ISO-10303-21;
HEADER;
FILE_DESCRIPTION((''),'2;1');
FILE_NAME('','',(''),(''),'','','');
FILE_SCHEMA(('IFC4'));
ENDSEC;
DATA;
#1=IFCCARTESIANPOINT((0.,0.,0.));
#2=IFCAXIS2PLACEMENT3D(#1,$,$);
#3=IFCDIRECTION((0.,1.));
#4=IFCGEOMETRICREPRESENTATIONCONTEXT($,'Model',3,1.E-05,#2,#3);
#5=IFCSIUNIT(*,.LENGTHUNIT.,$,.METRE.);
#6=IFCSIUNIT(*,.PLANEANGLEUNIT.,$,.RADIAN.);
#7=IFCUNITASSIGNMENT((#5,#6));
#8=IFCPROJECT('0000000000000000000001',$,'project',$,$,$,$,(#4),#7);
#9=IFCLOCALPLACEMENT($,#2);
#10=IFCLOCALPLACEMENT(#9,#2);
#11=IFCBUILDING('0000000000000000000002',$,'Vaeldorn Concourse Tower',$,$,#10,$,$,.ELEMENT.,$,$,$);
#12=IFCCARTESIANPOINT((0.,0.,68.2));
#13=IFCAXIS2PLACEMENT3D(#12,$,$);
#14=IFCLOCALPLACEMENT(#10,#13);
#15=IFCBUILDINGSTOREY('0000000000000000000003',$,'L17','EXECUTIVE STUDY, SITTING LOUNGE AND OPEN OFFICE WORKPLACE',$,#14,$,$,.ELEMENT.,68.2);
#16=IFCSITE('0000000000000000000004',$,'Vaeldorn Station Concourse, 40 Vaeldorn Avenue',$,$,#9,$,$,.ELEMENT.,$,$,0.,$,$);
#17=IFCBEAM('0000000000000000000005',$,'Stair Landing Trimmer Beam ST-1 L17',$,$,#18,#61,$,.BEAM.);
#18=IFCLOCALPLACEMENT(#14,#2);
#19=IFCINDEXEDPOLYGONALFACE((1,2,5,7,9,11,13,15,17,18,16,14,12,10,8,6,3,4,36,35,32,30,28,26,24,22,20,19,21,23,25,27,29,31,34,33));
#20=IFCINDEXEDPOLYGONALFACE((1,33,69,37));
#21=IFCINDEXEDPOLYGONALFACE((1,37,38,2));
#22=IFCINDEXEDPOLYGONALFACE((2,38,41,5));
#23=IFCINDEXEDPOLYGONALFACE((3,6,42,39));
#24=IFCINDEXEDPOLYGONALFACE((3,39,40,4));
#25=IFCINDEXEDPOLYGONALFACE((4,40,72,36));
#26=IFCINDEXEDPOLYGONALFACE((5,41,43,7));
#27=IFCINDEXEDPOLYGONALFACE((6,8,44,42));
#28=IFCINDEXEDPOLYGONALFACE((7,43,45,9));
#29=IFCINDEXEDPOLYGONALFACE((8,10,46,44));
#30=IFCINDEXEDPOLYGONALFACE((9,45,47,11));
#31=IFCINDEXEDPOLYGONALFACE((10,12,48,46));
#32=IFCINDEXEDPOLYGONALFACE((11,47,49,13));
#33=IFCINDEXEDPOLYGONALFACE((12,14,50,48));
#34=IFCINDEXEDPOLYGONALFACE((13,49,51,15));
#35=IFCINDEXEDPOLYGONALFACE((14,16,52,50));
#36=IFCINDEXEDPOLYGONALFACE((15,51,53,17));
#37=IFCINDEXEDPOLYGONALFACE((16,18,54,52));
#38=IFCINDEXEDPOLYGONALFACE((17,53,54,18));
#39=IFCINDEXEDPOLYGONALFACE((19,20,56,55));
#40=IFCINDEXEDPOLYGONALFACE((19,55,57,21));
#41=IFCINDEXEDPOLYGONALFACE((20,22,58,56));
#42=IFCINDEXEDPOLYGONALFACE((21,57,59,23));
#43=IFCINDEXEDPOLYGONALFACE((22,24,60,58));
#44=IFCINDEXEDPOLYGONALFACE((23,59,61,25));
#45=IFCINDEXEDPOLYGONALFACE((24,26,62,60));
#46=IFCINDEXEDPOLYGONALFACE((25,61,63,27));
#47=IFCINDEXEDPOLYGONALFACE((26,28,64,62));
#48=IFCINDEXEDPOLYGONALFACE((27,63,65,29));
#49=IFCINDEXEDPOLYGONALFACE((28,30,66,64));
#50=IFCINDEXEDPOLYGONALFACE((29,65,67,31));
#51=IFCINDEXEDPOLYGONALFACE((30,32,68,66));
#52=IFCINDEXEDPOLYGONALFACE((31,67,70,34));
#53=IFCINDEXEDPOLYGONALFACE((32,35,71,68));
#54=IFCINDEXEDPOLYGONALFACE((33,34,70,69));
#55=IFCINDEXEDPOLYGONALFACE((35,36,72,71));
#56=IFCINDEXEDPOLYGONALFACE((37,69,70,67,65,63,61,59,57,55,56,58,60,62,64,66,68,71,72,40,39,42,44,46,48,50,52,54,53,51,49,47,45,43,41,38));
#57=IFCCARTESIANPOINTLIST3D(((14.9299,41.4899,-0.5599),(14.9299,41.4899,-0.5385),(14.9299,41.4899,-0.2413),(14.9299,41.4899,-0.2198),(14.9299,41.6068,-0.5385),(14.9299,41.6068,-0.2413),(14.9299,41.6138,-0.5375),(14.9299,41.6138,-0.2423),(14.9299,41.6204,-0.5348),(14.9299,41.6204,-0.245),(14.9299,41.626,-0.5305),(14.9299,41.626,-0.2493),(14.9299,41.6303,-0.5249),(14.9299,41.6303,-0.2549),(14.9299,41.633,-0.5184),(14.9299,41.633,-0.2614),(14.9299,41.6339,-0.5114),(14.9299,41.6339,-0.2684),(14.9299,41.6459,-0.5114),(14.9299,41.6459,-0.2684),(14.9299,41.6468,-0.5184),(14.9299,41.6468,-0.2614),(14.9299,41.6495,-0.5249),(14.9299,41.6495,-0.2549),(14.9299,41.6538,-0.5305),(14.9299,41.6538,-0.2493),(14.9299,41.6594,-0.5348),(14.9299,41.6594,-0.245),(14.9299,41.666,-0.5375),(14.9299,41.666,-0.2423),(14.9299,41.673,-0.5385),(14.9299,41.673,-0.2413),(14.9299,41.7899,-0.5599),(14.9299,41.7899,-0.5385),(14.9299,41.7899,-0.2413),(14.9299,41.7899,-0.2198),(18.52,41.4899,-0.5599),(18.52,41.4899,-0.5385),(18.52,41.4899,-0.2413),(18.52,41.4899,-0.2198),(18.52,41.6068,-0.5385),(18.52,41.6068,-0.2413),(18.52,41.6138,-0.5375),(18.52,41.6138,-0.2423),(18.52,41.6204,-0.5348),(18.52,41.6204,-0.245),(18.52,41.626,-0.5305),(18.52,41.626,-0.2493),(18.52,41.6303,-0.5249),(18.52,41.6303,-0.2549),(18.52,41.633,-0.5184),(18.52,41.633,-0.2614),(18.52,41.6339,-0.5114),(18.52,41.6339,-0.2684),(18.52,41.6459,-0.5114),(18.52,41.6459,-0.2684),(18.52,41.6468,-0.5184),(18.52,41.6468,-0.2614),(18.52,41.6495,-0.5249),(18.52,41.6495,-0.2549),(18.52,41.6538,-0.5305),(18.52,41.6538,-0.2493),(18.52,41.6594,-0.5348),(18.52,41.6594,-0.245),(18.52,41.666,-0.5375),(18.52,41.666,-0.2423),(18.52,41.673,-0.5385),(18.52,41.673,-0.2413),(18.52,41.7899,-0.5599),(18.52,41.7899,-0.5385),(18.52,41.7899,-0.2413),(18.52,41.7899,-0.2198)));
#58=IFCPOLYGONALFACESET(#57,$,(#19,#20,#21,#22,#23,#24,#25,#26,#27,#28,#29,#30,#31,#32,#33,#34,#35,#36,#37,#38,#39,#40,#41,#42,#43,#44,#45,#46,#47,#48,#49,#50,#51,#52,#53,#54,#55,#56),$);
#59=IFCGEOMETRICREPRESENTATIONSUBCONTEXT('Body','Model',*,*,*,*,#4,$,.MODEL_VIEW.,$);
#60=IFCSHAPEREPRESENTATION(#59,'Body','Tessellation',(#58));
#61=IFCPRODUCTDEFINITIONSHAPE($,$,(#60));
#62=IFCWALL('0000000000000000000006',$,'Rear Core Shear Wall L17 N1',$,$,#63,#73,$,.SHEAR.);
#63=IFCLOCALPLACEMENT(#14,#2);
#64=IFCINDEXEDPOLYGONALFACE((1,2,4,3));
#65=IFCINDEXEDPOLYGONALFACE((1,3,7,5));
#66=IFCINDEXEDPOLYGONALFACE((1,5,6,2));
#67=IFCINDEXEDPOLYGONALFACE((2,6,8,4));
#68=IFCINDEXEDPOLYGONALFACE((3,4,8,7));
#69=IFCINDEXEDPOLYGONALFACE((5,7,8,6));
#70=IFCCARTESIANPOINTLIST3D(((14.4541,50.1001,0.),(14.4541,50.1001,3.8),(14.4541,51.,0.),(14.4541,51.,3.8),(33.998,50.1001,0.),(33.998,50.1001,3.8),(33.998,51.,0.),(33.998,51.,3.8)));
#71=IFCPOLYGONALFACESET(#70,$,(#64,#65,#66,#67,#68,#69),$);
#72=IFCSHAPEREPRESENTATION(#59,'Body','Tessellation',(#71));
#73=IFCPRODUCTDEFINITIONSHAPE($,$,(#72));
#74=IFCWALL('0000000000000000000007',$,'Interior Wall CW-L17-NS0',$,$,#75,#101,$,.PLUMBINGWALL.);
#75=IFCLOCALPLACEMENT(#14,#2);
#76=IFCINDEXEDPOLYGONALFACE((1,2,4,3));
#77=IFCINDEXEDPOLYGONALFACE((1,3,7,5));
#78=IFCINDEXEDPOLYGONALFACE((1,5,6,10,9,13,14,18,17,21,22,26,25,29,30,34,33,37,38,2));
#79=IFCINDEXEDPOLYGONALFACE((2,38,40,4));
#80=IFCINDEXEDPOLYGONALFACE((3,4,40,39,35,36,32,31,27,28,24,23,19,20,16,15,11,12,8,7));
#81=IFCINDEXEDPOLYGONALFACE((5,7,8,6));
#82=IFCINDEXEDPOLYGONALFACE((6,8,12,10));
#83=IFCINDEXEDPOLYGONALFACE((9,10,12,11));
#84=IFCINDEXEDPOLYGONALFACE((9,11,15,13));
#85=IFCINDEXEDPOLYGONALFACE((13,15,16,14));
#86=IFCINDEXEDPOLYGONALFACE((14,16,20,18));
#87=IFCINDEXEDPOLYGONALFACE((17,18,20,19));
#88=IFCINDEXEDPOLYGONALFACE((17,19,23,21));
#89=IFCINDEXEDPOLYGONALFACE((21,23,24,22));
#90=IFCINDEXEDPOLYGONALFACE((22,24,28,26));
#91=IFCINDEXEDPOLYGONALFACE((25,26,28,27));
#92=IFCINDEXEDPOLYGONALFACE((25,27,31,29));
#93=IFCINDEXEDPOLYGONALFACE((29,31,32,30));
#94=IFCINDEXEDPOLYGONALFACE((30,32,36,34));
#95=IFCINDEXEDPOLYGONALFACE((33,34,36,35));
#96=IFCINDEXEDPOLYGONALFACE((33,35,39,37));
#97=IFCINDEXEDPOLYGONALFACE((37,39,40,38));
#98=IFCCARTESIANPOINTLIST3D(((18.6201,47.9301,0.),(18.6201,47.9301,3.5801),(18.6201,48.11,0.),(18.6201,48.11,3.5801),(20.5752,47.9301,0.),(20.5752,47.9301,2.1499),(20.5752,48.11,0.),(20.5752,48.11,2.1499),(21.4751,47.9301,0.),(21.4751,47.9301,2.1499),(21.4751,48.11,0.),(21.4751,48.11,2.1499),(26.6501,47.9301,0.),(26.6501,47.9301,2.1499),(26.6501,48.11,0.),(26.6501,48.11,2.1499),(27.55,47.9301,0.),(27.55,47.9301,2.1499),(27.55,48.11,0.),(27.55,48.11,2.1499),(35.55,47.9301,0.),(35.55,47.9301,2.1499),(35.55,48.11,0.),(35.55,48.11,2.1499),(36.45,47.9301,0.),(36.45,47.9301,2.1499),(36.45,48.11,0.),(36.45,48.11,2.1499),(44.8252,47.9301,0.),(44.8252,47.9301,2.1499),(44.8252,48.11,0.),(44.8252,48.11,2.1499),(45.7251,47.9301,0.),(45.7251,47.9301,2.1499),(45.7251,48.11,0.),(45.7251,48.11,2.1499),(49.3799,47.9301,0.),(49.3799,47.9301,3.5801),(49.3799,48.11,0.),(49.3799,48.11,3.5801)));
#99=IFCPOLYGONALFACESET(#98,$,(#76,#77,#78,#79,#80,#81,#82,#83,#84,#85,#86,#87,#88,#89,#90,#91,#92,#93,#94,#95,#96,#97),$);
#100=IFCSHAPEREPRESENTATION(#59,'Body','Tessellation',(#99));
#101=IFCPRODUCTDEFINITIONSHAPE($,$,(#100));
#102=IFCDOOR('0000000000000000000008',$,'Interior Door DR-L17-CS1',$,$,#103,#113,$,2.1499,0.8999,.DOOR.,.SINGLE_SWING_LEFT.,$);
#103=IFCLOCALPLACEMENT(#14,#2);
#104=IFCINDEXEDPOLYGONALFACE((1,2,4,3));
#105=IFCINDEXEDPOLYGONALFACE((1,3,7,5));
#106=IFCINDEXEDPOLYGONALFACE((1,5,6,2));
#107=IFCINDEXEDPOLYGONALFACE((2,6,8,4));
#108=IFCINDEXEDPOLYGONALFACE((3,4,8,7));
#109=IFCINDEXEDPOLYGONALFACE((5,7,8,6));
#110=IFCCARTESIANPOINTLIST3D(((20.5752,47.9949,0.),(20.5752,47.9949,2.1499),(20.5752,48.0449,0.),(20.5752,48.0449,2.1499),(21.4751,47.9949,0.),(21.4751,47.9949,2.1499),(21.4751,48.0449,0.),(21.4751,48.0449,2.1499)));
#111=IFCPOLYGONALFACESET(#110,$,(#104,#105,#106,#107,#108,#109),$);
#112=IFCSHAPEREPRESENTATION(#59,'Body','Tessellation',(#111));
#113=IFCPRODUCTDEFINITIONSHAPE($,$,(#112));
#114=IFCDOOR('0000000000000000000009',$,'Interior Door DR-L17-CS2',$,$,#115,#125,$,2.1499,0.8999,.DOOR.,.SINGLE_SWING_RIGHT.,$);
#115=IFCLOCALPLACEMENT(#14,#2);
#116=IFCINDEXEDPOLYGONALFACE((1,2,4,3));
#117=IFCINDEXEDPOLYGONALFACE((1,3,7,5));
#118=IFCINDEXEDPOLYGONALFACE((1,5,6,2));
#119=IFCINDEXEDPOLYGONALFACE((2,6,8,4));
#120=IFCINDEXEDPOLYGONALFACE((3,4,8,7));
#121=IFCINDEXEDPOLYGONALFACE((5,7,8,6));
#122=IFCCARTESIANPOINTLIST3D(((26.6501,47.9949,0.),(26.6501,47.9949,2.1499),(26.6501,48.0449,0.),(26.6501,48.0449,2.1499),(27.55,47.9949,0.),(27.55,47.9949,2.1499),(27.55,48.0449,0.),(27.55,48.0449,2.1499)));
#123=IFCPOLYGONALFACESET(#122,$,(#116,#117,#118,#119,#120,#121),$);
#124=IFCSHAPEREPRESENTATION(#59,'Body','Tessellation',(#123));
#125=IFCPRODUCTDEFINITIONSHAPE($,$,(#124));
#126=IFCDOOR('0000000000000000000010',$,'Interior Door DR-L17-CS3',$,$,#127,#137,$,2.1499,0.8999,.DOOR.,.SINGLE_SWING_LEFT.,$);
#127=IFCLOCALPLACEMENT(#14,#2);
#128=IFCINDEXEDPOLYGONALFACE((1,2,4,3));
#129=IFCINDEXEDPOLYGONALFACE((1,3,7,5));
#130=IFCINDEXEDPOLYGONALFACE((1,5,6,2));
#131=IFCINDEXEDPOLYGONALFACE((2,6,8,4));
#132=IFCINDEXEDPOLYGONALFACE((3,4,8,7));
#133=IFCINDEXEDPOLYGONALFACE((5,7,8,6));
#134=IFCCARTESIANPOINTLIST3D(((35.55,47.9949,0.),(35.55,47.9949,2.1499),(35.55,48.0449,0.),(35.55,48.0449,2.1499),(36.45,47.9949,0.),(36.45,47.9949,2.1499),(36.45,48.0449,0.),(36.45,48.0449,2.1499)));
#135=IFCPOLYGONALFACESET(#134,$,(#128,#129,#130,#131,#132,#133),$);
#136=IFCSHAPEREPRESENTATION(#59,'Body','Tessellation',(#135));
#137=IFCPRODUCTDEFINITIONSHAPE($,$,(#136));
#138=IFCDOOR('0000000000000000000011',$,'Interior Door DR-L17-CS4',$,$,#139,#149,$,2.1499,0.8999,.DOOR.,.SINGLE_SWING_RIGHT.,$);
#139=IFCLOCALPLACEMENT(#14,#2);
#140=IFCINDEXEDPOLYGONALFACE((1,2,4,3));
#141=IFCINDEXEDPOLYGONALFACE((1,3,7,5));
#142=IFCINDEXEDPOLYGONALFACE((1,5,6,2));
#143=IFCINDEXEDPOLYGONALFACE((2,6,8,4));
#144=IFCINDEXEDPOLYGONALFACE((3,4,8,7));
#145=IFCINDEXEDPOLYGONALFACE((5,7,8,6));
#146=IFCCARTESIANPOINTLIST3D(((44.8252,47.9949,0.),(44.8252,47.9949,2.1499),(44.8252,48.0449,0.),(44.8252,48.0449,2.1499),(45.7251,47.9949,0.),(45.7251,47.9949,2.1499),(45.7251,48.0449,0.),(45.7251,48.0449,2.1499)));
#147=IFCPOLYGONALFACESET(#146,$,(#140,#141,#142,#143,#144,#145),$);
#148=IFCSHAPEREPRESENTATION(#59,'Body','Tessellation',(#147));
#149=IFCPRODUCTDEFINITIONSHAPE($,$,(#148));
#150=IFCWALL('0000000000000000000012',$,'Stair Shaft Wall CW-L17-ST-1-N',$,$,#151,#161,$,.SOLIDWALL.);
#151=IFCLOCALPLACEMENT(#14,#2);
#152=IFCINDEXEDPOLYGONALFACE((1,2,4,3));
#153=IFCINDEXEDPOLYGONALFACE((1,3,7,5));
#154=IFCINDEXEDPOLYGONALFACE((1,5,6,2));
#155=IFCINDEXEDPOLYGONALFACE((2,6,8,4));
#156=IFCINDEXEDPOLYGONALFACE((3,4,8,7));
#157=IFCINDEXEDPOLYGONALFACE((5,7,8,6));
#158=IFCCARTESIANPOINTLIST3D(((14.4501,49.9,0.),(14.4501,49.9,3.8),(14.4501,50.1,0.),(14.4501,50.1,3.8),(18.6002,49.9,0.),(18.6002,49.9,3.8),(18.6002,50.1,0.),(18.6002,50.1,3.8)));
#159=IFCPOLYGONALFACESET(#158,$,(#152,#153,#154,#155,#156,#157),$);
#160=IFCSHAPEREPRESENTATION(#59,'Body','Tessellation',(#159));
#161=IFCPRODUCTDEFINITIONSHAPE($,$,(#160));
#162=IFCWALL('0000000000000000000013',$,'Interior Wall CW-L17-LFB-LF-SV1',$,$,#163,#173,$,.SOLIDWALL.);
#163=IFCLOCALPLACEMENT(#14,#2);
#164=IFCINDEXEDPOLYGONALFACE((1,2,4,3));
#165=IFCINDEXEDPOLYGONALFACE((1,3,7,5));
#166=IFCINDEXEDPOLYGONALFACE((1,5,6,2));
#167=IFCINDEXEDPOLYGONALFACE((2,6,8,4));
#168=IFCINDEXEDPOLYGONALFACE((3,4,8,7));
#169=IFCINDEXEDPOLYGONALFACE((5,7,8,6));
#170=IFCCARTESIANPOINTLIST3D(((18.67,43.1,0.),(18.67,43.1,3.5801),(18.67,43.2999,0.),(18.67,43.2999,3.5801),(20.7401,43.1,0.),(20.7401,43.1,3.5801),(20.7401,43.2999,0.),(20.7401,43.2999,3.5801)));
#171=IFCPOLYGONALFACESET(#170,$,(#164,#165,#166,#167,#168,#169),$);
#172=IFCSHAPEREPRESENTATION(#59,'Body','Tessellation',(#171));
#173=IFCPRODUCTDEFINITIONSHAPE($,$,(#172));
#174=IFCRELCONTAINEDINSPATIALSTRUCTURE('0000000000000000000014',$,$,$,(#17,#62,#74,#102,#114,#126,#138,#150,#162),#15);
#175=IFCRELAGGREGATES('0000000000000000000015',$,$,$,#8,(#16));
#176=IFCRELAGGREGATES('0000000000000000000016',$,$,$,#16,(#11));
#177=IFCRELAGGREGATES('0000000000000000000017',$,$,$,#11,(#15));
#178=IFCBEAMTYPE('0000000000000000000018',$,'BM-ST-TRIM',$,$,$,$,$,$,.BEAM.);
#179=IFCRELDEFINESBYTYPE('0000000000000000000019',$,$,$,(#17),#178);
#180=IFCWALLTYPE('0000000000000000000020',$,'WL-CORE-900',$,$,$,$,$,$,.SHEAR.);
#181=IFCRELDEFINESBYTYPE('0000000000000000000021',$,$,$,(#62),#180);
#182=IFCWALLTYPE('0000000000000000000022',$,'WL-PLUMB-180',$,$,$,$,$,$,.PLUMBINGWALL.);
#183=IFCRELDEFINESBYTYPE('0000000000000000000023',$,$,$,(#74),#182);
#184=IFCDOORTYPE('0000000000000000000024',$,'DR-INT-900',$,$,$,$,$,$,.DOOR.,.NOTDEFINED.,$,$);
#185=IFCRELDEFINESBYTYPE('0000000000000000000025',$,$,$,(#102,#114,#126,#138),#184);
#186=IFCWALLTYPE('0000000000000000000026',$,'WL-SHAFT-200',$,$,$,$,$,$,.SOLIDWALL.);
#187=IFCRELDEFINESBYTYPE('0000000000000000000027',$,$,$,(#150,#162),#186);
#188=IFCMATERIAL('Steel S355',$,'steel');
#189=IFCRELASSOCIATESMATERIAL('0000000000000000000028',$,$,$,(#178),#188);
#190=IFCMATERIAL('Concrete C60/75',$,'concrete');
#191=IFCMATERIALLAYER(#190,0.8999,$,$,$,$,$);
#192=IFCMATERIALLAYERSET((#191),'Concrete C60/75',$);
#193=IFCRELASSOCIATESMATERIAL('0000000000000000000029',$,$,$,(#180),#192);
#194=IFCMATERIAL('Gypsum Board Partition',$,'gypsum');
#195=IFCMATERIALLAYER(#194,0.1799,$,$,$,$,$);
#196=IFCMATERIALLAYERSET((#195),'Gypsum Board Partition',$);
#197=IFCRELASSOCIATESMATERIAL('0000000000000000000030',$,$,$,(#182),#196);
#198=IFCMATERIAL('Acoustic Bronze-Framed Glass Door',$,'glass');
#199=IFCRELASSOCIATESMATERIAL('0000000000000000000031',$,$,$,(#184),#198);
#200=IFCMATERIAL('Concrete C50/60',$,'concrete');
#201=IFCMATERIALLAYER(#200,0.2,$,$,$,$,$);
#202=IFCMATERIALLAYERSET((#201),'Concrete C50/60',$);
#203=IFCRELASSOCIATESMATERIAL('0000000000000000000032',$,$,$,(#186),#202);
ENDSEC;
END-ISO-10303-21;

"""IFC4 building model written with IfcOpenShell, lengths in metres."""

from ifc_helpers import new_model, si_unit, direction, frame, frame_2d, origin, origin_2d, place, context, subcontext, project, spatial, rectangle, i_section, extrude, source, transform, mapped, material, layer, layer_set, material_profile, profile_set, type_object, element, fill, save


model = new_model("IFC4")

# Units and contexts
model_context = context("Model", 3, precision=1e-05, world=origin(), true_north=direction((0.0, 1.0)))
body_context = subcontext(model_context, "Body", "Model", "MODEL_VIEW")
ifc_project = project(units=[si_unit("LENGTHUNIT", "METRE"), si_unit("PLANEANGLEUNIT", "RADIAN")], contexts=[model_context])

# Site, building, storey
site_placement = place(None, origin())
site = spatial("IfcSite", under=ifc_project, at=site_placement, Name="Vaeldorn Station Concourse, 40 Vaeldorn Avenue", CompositionType="ELEMENT", RefElevation=0.0)
building_placement = place(site_placement, origin())
building = spatial("IfcBuilding", under=site, at=building_placement, Name="Vaeldorn Concourse Tower", CompositionType="ELEMENT")
storey_placement = place(building_placement, frame((0.0, 0.0, 68.2)))
storey = spatial("IfcBuildingStorey", under=building, at=storey_placement, Name="L17", Description="EXECUTIVE STUDY, SITTING LOUNGE AND OPEN OFFICE WORKPLACE", CompositionType="ELEMENT", Elevation=68.2)

# Beam
ifc_material_1 = material(Name="Steel S355", Category="steel")
ifc_material_profile = material_profile(ifc_material_1, i_section(OverallWidth=0.3, OverallDepth=0.3401, WebThickness=0.012, FlangeThickness=0.0215, FilletRadius=0.0271, at=origin_2d()), Name="HEB 340")
ifc_profile_set = profile_set([ifc_material_profile], Name="Steel S355")
beam_type = type_object("IfcBeamType", Name="BM-ST-TRIM", PredefinedType="BEAM", material=ifc_profile_set)
shared_shape_1 = source(origin(), body_context, "Body", "SweptSolid", [
    extrude(i_section(OverallWidth=0.3, OverallDepth=0.3401, WebThickness=0.012, FlangeThickness=0.0215, FilletRadius=0.0271, at=origin_2d()), origin(), (0.0, 0.0, 1.0), 3.5901),
])
beam_placement = place(storey_placement, frame((14.9299, 41.6399, -0.3899), z_axis=(1.0, 0.0, 0.0), x_axis=(0.0, 1.0, 0.0)))
element("IfcBeam", 1, at=beam_placement, inside=storey, type_object=beam_type, Name="Stair Landing Trimmer Beam ST-1 L17", PredefinedType="BEAM", context=body_context, shape_type="MappedRepresentation", body=[
    mapped(shared_shape_1, transform((0.0, 0.0, 0.0), scale=1.0)),
])

# Wall
ifc_material_2 = material(Name="Concrete C60/75", Category="concrete")
ifc_layer_1 = layer(ifc_material_2, 0.8999)
ifc_layer_set_1 = layer_set([ifc_layer_1], Name="Concrete C60/75")
wall_type_1 = type_object("IfcWallType", Name="WL-CORE-900", PredefinedType="SHEAR", material=ifc_layer_set_1)
wall_1_placement = place(storey_placement, frame((14.4541, 50.55, 0.0), z_axis=(0.0, 0.0, 1.0), x_axis=(1.0, 0.0, 0.0)))
element("IfcWall", 2, at=wall_1_placement, inside=storey, type_object=wall_type_1, Name="Rear Core Shear Wall L17 N1", PredefinedType="SHEAR", context=body_context, shape_type="SweptSolid", body=[
    extrude(rectangle(XDim=19.5439, YDim=0.8999, at=frame_2d((9.772, 0.0))), origin(), (0.0, 0.0, 1.0), 3.8),
])

# Wall, openings, doors
ifc_material_3 = material(Name="Gypsum Board Partition", Category="gypsum")
ifc_layer_2 = layer(ifc_material_3, 0.1799)
ifc_layer_set_2 = layer_set([ifc_layer_2], Name="Gypsum Board Partition")
wall_type_2 = type_object("IfcWallType", Name="WL-PLUMB-180", PredefinedType="PLUMBINGWALL", material=ifc_layer_set_2)
wall_2_placement = place(storey_placement, frame((18.6201, 48.02, 0.0), z_axis=(0.0, 0.0, 1.0), x_axis=(1.0, 0.0, 0.0)))
wall_2 = element("IfcWall", 3, at=wall_2_placement, inside=storey, type_object=wall_type_2, Name="Interior Wall CW-L17-NS0", PredefinedType="PLUMBINGWALL", context=body_context, shape_type="SweptSolid", body=[
    extrude(rectangle(XDim=30.7598, YDim=0.1799, at=frame_2d((15.3799, 0.0))), origin(), (0.0, 0.0, 1.0), 3.5801),
])
opening_1_placement = place(wall_2_placement, frame((1.9551, 0.0, 0.0)))
opening_1 = element("IfcOpeningElement", 4, at=opening_1_placement, cuts=wall_2, PredefinedType="OPENING", context=body_context, shape_type="SweptSolid", body=[
    extrude(rectangle(XDim=0.8999, YDim=2.1499, at=frame_2d((0.45, 1.075))), frame((0.0, 0.1001, 0.0), z_axis=(0.0, -1.0, 0.0), x_axis=(1.0, 0.0, 0.0)), (0.0, 0.0, 1.0), 0.2),
])
opening_2_placement = place(wall_2_placement, frame((8.03, 0.0, 0.0)))
opening_2 = element("IfcOpeningElement", 5, at=opening_2_placement, cuts=wall_2, PredefinedType="OPENING", context=body_context, shape_type="SweptSolid", body=[
    extrude(rectangle(XDim=0.8999, YDim=2.1499, at=frame_2d((0.45, 1.075))), frame((0.0, 0.1001, 0.0), z_axis=(0.0, -1.0, 0.0), x_axis=(1.0, 0.0, 0.0)), (0.0, 0.0, 1.0), 0.2),
])
opening_3_placement = place(wall_2_placement, frame((16.9299, 0.0, 0.0)))
opening_3 = element("IfcOpeningElement", 6, at=opening_3_placement, cuts=wall_2, PredefinedType="OPENING", context=body_context, shape_type="SweptSolid", body=[
    extrude(rectangle(XDim=0.8999, YDim=2.1499, at=frame_2d((0.45, 1.075))), frame((0.0, 0.1001, 0.0), z_axis=(0.0, -1.0, 0.0), x_axis=(1.0, 0.0, 0.0)), (0.0, 0.0, 1.0), 0.2),
])
opening_4_placement = place(wall_2_placement, frame((26.2051, 0.0, 0.0)))
opening_4 = element("IfcOpeningElement", 7, at=opening_4_placement, cuts=wall_2, PredefinedType="OPENING", context=body_context, shape_type="SweptSolid", body=[
    extrude(rectangle(XDim=0.8999, YDim=2.1499, at=frame_2d((0.45, 1.075))), frame((0.0, 0.1001, 0.0), z_axis=(0.0, -1.0, 0.0), x_axis=(1.0, 0.0, 0.0)), (0.0, 0.0, 1.0), 0.2),
])
ifc_material_4 = material(Name="Acoustic Bronze-Framed Glass Door", Category="glass")
door_type_1 = type_object("IfcDoorType", Name="DR-INT-900", OperationType="NOTDEFINED", PredefinedType="DOOR", material=ifc_material_4)
shared_shape_2 = source(origin(), body_context, "Body", "SweptSolid", [
    extrude(rectangle(XDim=0.8999, YDim=2.1499, at=frame_2d((0.45, 1.075))), frame((0.0, 0.0249, 0.0), z_axis=(0.0, -1.0, 0.0), x_axis=(1.0, 0.0, 0.0)), (0.0, 0.0, 1.0), 0.05),
])
door_1_placement = place(opening_1_placement, origin())
door_1 = element("IfcDoor", 8, at=door_1_placement, inside=storey, type_object=door_type_1, Name="Interior Door DR-L17-CS1", OperationType="SINGLE_SWING_LEFT", OverallHeight=2.1499, OverallWidth=0.8999, PredefinedType="DOOR", context=body_context, shape_type="MappedRepresentation", body=[
    mapped(shared_shape_2, transform((0.0, 0.0, 0.0), scale=1.0)),
])
fill(opening_1, door_1)
door_2_placement = place(opening_2_placement, origin())
door_2 = element("IfcDoor", 9, at=door_2_placement, inside=storey, type_object=door_type_1, Name="Interior Door DR-L17-CS2", OperationType="SINGLE_SWING_RIGHT", OverallHeight=2.1499, OverallWidth=0.8999, PredefinedType="DOOR", context=body_context, shape_type="MappedRepresentation", body=[
    mapped(shared_shape_2, transform((0.0, 0.0, 0.0), scale=1.0)),
])
fill(opening_2, door_2)
door_3_placement = place(opening_3_placement, origin())
door_3 = element("IfcDoor", 10, at=door_3_placement, inside=storey, type_object=door_type_1, Name="Interior Door DR-L17-CS3", OperationType="SINGLE_SWING_LEFT", OverallHeight=2.1499, OverallWidth=0.8999, PredefinedType="DOOR", context=body_context, shape_type="MappedRepresentation", body=[
    mapped(shared_shape_2, transform((0.0, 0.0, 0.0), scale=1.0)),
])
fill(opening_3, door_3)
door_4_placement = place(opening_4_placement, origin())
door_4 = element("IfcDoor", 11, at=door_4_placement, inside=storey, type_object=door_type_1, Name="Interior Door DR-L17-CS4", OperationType="SINGLE_SWING_RIGHT", OverallHeight=2.1499, OverallWidth=0.8999, PredefinedType="DOOR", context=body_context, shape_type="MappedRepresentation", body=[
    mapped(shared_shape_2, transform((0.0, 0.0, 0.0), scale=1.0)),
])
fill(opening_4, door_4)

# Wall
ifc_material_5 = material(Name="Concrete C50/60", Category="concrete")
ifc_layer_3 = layer(ifc_material_5, 0.2)
ifc_layer_set_3 = layer_set([ifc_layer_3], Name="Concrete C50/60")
wall_type_3 = type_object("IfcWallType", Name="WL-SHAFT-200", PredefinedType="SOLIDWALL", material=ifc_layer_set_3)
wall_3_placement = place(storey_placement, frame((14.45, 50.0, 0.0), z_axis=(0.0, 0.0, 1.0), x_axis=(1.0, 0.0, 0.0)))
element("IfcWall", 12, at=wall_3_placement, inside=storey, type_object=wall_type_3, Name="Stair Shaft Wall CW-L17-ST-1-N", PredefinedType="SOLIDWALL", context=body_context, shape_type="SweptSolid", body=[
    extrude(rectangle(XDim=4.1501, YDim=0.2, at=frame_2d((2.0752, 0.0))), origin(), (0.0, 0.0, 1.0), 3.8),
])

# Wall
for number, where, z_axis, x_axis, name in (
    (13, (18.6699, 43.2, 0.0), (0.0, 0.0, 1.0), (1.0, 0.0, 0.0), "Interior Wall CW-L17-LFB-LF-SV1"),
):
    element("IfcWall", number, at=place(storey_placement, frame(where, z_axis=z_axis, x_axis=x_axis)), inside=storey, type_object=wall_type_3, Name=name, PredefinedType="SOLIDWALL", context=body_context, shape_type="SweptSolid", body=[
        extrude(rectangle(XDim=2.0701, YDim=0.2, at=frame_2d((1.0352, 0.0))), origin(), (0.0, 0.0, 1.0), 3.5801),
    ])

save(model, "model.ifc")
